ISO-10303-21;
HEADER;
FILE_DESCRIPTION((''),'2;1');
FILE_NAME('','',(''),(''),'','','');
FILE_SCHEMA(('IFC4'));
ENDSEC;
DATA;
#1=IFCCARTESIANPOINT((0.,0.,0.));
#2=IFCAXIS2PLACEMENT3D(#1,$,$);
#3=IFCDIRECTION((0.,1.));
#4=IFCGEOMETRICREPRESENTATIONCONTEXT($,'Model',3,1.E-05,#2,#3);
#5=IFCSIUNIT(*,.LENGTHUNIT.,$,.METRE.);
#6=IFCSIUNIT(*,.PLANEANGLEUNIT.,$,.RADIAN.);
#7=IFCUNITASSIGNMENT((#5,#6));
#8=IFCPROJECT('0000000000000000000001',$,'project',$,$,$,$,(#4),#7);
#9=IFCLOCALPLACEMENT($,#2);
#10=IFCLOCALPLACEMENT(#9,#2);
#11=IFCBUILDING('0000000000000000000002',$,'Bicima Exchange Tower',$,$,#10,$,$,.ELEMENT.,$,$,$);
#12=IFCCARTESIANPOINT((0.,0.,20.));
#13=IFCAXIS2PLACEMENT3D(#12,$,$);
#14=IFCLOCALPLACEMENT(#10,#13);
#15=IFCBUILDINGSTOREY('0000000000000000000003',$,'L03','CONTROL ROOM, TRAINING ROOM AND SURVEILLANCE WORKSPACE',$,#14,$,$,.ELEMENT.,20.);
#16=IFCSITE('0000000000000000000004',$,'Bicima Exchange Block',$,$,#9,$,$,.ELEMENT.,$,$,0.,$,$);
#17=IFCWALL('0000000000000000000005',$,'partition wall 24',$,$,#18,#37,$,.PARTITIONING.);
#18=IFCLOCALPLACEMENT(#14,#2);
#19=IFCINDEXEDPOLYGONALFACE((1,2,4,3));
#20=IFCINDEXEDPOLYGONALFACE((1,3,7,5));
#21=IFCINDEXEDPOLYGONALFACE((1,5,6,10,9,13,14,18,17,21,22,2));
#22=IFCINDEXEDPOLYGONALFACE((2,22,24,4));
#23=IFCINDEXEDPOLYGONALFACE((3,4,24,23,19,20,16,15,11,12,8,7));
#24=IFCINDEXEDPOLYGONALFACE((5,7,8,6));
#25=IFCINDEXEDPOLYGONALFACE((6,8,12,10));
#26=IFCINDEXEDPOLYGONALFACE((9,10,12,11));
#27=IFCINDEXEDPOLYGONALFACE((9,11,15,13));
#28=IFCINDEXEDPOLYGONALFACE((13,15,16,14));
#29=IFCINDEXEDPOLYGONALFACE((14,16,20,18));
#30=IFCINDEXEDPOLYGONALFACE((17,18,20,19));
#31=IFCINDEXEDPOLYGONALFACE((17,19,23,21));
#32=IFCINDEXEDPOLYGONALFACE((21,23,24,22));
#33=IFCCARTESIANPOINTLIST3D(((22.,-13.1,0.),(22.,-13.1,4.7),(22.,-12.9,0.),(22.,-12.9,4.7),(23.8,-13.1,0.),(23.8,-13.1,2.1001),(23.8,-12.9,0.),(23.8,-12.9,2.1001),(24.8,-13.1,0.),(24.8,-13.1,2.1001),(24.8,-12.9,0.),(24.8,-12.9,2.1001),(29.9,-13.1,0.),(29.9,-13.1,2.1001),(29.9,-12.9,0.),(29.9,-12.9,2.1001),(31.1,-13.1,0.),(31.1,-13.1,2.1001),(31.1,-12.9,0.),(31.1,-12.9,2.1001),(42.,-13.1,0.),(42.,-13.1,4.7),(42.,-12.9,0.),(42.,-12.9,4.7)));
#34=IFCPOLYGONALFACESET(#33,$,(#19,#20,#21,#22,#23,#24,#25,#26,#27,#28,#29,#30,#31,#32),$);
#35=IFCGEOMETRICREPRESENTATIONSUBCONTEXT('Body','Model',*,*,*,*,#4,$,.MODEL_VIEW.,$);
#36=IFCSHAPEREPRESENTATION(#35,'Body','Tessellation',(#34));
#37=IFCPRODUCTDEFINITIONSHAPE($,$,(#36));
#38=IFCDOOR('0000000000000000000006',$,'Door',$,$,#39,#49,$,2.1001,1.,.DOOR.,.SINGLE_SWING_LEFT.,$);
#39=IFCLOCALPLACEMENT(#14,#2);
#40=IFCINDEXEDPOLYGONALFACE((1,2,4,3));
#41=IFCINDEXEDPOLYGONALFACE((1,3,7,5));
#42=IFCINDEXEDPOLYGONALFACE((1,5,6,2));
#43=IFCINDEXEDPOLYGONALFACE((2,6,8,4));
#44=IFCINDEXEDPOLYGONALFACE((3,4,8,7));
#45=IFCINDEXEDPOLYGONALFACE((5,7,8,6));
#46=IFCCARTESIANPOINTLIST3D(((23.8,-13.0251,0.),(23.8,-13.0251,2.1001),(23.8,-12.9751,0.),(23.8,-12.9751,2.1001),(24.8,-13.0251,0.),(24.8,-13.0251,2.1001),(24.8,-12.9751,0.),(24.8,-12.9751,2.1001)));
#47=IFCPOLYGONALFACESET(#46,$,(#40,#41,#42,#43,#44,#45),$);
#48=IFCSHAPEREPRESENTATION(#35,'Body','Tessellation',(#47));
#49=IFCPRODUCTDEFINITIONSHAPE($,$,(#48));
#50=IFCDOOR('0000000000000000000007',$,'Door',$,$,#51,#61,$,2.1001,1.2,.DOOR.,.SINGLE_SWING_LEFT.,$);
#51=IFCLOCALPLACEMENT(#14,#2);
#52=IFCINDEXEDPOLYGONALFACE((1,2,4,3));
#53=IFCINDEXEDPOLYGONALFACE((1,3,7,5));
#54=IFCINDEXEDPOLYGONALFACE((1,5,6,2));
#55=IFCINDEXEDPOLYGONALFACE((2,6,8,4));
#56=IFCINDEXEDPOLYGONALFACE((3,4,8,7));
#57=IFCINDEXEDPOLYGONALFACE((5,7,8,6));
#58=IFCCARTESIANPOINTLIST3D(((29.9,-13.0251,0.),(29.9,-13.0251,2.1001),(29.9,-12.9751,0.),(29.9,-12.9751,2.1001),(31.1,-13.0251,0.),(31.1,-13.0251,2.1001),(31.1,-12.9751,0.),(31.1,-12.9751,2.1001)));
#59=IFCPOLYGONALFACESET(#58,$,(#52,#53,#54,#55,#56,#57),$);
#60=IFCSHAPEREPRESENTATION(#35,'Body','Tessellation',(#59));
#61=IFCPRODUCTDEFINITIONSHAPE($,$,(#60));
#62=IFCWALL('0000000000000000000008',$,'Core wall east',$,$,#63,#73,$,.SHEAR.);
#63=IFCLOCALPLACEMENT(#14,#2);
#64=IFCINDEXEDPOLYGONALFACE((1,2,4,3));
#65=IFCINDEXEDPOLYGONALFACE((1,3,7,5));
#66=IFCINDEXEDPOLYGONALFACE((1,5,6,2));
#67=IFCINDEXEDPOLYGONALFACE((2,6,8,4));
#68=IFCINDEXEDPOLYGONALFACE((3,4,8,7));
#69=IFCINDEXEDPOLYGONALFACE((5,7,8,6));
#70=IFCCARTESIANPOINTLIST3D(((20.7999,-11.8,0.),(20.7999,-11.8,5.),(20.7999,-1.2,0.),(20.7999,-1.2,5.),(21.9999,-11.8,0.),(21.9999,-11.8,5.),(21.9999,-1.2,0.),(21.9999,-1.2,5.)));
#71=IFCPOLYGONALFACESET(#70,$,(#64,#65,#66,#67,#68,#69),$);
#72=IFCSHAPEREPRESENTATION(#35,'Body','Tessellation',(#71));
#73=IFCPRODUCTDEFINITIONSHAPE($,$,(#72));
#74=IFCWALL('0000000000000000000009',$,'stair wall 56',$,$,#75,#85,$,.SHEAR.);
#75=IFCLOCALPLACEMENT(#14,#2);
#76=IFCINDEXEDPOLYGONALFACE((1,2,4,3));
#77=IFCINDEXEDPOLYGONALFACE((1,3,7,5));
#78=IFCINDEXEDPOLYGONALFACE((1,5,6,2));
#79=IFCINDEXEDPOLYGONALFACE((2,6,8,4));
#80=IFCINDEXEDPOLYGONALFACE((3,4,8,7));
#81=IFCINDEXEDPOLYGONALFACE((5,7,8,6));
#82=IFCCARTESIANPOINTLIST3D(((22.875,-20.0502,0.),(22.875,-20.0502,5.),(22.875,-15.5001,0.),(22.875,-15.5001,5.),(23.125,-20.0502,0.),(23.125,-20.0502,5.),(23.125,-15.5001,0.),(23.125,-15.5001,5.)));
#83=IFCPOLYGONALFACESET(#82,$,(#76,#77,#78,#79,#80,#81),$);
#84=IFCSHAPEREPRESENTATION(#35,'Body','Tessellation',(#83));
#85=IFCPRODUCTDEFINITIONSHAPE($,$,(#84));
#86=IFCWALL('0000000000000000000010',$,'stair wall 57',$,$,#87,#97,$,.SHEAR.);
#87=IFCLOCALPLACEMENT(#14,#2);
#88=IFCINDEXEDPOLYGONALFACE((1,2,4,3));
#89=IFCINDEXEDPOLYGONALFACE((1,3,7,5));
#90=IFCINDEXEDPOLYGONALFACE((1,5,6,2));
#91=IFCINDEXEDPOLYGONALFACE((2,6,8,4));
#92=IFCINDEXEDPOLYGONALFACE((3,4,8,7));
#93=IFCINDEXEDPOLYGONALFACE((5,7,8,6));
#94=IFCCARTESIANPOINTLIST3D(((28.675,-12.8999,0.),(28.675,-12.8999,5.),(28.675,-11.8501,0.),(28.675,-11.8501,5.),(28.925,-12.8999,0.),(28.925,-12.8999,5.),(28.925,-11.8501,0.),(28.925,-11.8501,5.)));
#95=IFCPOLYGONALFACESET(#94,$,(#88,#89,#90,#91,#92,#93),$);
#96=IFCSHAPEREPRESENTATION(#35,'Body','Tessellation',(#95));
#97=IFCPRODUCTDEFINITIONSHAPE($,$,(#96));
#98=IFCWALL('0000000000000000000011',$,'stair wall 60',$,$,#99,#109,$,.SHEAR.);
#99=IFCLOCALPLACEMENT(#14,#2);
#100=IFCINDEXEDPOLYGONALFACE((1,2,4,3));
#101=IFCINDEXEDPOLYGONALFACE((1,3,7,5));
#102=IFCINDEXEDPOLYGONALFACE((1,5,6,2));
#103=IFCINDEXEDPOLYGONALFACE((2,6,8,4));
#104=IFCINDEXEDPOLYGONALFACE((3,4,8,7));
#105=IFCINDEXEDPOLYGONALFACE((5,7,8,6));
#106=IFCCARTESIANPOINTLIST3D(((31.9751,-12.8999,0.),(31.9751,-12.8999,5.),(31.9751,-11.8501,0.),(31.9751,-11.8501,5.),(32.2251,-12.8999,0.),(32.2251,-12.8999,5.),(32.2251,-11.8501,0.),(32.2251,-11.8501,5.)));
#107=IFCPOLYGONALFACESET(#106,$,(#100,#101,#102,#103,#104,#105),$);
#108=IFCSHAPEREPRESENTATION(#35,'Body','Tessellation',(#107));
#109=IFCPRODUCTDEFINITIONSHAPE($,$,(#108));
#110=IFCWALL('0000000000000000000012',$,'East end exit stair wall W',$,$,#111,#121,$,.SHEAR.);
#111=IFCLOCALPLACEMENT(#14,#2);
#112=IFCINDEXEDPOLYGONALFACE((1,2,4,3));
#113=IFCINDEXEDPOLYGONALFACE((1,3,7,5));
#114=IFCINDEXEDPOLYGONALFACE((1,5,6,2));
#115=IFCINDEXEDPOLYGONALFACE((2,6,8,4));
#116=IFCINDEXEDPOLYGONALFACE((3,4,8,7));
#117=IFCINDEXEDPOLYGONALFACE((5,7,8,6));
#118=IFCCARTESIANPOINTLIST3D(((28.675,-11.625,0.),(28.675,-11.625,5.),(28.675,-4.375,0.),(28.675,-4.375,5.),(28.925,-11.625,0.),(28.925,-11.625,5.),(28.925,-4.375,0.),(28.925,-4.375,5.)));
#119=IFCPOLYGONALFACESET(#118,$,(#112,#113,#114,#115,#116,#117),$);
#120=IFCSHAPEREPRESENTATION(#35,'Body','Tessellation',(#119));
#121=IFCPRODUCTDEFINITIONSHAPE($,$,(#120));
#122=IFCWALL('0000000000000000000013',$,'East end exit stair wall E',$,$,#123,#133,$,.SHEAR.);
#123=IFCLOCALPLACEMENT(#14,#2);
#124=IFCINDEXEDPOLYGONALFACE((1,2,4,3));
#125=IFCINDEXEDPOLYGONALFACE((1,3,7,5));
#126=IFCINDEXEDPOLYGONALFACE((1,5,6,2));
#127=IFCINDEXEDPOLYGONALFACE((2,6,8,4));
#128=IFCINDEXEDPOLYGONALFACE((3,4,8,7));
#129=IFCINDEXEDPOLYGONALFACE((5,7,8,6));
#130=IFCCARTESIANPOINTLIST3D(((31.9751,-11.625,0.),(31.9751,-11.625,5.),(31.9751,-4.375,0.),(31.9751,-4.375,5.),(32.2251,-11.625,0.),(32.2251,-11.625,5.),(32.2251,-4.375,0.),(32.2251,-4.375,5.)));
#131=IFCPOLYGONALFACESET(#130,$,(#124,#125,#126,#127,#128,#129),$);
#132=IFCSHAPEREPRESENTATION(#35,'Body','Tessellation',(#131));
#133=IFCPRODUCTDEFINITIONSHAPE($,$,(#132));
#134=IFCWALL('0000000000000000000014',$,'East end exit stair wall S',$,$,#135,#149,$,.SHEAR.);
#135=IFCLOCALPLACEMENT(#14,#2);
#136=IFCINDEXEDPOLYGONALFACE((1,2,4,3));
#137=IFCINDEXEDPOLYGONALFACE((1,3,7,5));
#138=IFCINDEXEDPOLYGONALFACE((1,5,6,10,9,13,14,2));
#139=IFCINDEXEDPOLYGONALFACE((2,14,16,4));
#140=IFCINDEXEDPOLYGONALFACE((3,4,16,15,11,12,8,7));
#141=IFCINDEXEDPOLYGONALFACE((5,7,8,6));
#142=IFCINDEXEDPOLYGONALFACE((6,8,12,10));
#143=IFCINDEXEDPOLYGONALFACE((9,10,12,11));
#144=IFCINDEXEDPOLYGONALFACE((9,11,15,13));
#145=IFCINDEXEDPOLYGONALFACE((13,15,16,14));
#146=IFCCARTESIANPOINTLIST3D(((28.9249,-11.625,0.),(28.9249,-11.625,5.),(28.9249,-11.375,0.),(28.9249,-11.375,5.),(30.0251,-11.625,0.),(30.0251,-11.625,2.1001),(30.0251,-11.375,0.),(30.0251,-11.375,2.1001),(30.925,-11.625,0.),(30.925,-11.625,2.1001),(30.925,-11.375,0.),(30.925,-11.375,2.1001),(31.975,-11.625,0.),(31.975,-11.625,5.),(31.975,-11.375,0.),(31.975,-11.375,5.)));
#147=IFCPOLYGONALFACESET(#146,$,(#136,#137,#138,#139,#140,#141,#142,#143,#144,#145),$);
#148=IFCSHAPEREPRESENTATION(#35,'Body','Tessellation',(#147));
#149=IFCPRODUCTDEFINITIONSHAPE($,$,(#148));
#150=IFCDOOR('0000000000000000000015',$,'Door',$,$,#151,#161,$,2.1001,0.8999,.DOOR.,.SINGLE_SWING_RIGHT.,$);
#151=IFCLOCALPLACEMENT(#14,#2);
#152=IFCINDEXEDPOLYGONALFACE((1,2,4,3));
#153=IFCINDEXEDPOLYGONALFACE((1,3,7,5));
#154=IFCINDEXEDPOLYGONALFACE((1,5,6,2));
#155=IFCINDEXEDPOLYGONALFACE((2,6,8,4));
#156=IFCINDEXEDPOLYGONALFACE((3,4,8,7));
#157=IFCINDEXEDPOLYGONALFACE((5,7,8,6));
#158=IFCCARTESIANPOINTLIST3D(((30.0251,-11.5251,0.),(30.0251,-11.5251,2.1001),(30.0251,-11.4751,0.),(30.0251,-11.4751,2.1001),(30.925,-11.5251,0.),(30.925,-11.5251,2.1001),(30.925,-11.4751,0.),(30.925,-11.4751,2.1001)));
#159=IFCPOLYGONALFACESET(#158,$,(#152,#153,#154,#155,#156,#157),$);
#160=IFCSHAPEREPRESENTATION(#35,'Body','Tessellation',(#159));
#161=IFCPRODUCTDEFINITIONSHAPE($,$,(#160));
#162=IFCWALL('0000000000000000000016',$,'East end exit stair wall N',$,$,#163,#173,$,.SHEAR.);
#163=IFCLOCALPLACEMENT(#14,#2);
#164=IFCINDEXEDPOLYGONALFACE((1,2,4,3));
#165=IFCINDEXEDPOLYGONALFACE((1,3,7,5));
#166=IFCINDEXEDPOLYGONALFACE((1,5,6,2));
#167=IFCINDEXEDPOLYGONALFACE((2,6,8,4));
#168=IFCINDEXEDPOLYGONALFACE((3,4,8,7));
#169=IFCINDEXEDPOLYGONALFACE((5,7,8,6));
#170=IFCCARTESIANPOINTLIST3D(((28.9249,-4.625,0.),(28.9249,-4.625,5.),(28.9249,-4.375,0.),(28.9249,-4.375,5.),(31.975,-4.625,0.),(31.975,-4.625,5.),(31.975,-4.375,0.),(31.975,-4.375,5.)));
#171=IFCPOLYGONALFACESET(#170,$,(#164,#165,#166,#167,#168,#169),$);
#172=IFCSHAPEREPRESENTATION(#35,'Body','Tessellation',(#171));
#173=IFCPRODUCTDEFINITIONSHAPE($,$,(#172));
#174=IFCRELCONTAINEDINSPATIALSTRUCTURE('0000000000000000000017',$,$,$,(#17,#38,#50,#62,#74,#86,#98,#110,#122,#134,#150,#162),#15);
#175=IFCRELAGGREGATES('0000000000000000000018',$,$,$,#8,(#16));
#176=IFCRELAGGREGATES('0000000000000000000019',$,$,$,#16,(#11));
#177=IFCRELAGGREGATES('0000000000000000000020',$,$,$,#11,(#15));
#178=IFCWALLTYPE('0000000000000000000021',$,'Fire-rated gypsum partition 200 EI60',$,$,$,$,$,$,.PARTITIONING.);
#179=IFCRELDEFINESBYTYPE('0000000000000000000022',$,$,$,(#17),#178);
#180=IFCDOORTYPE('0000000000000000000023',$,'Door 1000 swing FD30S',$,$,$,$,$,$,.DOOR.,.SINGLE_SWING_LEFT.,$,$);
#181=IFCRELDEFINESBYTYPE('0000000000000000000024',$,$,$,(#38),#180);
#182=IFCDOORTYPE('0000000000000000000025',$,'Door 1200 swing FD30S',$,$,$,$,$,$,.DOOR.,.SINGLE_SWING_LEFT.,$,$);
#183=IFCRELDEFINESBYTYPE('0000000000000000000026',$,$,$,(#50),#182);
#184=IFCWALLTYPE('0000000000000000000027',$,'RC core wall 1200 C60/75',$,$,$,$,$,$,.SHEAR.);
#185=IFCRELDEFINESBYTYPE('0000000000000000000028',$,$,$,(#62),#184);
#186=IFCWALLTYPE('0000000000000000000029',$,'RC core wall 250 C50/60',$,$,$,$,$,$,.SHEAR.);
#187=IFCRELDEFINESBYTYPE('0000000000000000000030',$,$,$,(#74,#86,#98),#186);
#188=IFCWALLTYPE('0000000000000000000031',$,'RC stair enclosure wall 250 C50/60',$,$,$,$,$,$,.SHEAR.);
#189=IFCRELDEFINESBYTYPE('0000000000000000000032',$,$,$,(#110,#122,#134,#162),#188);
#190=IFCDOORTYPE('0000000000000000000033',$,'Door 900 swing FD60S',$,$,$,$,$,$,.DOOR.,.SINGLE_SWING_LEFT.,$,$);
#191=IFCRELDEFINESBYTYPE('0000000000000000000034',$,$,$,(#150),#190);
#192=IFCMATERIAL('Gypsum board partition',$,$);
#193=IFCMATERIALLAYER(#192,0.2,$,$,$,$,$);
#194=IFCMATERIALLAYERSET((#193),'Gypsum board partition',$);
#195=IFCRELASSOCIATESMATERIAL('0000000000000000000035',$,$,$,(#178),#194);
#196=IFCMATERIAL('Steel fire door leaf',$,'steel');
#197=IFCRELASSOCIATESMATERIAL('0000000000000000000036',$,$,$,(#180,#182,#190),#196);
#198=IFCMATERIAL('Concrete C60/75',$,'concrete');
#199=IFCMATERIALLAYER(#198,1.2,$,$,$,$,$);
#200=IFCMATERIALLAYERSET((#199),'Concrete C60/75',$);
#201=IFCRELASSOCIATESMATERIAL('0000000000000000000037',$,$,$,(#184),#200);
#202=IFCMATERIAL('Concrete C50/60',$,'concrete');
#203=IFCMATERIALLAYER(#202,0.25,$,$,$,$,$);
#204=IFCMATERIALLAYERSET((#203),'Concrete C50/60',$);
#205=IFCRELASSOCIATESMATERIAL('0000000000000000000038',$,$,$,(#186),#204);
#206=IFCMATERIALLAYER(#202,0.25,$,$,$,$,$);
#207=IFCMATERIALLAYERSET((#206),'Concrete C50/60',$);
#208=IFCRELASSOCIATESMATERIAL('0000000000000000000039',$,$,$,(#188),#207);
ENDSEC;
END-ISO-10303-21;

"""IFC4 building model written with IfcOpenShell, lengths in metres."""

from ifc_helpers import new_model, si_unit, direction, frame, frame_2d, origin, place, context, subcontext, project, spatial, rectangle, extrude, material, layer, layer_set, type_object, element, fill, save


model = new_model("IFC4")

# Units and contexts
model_context = context("Model", 3, precision=1e-05, world=origin(), true_north=direction((0.0, 1.0)))
body_context = subcontext(model_context, "Body", "Model", "MODEL_VIEW")
ifc_project = project(units=[si_unit("LENGTHUNIT", "METRE"), si_unit("PLANEANGLEUNIT", "RADIAN")], contexts=[model_context])

# Site, building, storey
site_placement = place(None, origin())
site = spatial("IfcSite", under=ifc_project, at=site_placement, Name="Bicima Exchange Block", CompositionType="ELEMENT", RefElevation=0.0)
building_placement = place(site_placement, origin())
building = spatial("IfcBuilding", under=site, at=building_placement, Name="Bicima Exchange Tower", CompositionType="ELEMENT")
storey_placement = place(building_placement, frame((0.0, 0.0, 20.0)))
storey = spatial("IfcBuildingStorey", under=building, at=storey_placement, Name="L03", Description="CONTROL ROOM, TRAINING ROOM AND SURVEILLANCE WORKSPACE", CompositionType="ELEMENT", Elevation=20.0)

# Shared definitions
ifc_material_1 = material(Name="Concrete C60/75", Category="concrete")

# Wall, openings, doors
ifc_material_2 = material(Name="Gypsum board partition")
ifc_layer_1 = layer(ifc_material_2, 0.2)
ifc_layer_set_1 = layer_set([ifc_layer_1], Name="Gypsum board partition")
wall_type_1 = type_object("IfcWallType", Name="Fire-rated gypsum partition 200 EI60", PredefinedType="PARTITIONING", material=ifc_layer_set_1)
wall_1_placement = place(storey_placement, frame((22.0, -13.0, 0.0), z_axis=(0.0, 0.0, 1.0), x_axis=(1.0, 0.0, 0.0)))
wall_1 = element("IfcWall", 1, at=wall_1_placement, inside=storey, type_object=wall_type_1, Name="partition wall 24", PredefinedType="PARTITIONING", context=body_context, shape_type="SweptSolid", body=[
    extrude(rectangle(XDim=20.0, YDim=0.2, at=frame_2d((10.0, 0.0))), origin(), (0.0, 0.0, 1.0), 4.7),
])
opening_1_placement = place(wall_1_placement, frame((7.8999, 0.0, 0.0)))
opening_1 = element("IfcOpeningElement", 2, at=opening_1_placement, cuts=wall_1, PredefinedType="OPENING", context=body_context, shape_type="SweptSolid", body=[
    extrude(rectangle(XDim=1.2, YDim=2.1001, at=frame_2d((0.6001, 1.05))), frame((0.0, 0.1118, 0.0), z_axis=(0.0, -1.0, 0.0), x_axis=(1.0, 0.0, 0.0)), (0.0, 0.0, 1.0), 0.2239),
])
opening_2_placement = place(wall_1_placement, frame((1.8, 0.0, 0.0)))
opening_2 = element("IfcOpeningElement", 3, at=opening_2_placement, cuts=wall_1, PredefinedType="OPENING", context=body_context, shape_type="SweptSolid", body=[
    extrude(rectangle(XDim=1.0, YDim=2.1001, at=frame_2d((0.5, 1.05))), frame((0.0, 0.1118, 0.0), z_axis=(0.0, -1.0, 0.0), x_axis=(1.0, 0.0, 0.0)), (0.0, 0.0, 1.0), 0.2239),
])
ifc_material_3 = material(Name="Steel fire door leaf", Category="steel")
door_type_1 = type_object("IfcDoorType", Name="Door 1000 swing FD30S", OperationType="SINGLE_SWING_LEFT", PredefinedType="DOOR", material=ifc_material_3)
door_1_placement = place(opening_2_placement, origin())
door_1 = element("IfcDoor", 4, at=door_1_placement, inside=storey, type_object=door_type_1, Name="Door", OperationType="SINGLE_SWING_LEFT", OverallHeight=2.1001, OverallWidth=1.0, PredefinedType="DOOR", context=body_context, shape_type="SweptSolid", body=[
    extrude(rectangle(XDim=1.0, YDim=2.1001, at=frame_2d((0.5, 1.05))), frame((0.0, 0.0249, 0.0), z_axis=(0.0, -1.0, 0.0), x_axis=(1.0, 0.0, 0.0)), (0.0, 0.0, 1.0), 0.05),
])
fill(opening_2, door_1)
door_type_2 = type_object("IfcDoorType", Name="Door 1200 swing FD30S", OperationType="SINGLE_SWING_LEFT", PredefinedType="DOOR", material=ifc_material_3)
door_2_placement = place(opening_1_placement, origin())
door_2 = element("IfcDoor", 5, at=door_2_placement, inside=storey, type_object=door_type_2, Name="Door", OperationType="SINGLE_SWING_LEFT", OverallHeight=2.1001, OverallWidth=1.2, PredefinedType="DOOR", context=body_context, shape_type="SweptSolid", body=[
    extrude(rectangle(XDim=1.2, YDim=2.1001, at=frame_2d((0.6001, 1.05))), frame((0.0, 0.0249, 0.0), z_axis=(0.0, -1.0, 0.0), x_axis=(1.0, 0.0, 0.0)), (0.0, 0.0, 1.0), 0.05),
])
fill(opening_1, door_2)

# Walls
ifc_layer_2 = layer(ifc_material_1, 1.2)
ifc_layer_set_2 = layer_set([ifc_layer_2], Name="Concrete C60/75")
wall_type_2 = type_object("IfcWallType", Name="RC core wall 1200 C60/75", PredefinedType="SHEAR", material=ifc_layer_set_2)
wall_2_placement = place(storey_placement, frame((21.3999, -11.8, 0.0), z_axis=(0.0, 0.0, 1.0), x_axis=(0.0, 1.0, 0.0)))
element("IfcWall", 6, at=wall_2_placement, inside=storey, type_object=wall_type_2, Name="Core wall east", PredefinedType="SHEAR", context=body_context, shape_type="SweptSolid", body=[
    extrude(rectangle(XDim=10.6001, YDim=1.2, at=frame_2d((5.3, 0.0))), origin(), (0.0, 0.0, 1.0), 5.0),
])
ifc_material_4 = material(Name="Concrete C50/60", Category="concrete")
ifc_layer_3 = layer(ifc_material_4, 0.25)
ifc_layer_set_3 = layer_set([ifc_layer_3], Name="Concrete C50/60")
wall_type_3 = type_object("IfcWallType", Name="RC core wall 250 C50/60", PredefinedType="SHEAR", material=ifc_layer_set_3)
wall_3_placement = place(storey_placement, frame((23.0, -20.05, 0.0), z_axis=(0.0, 0.0, 1.0), x_axis=(0.0, 1.0, 0.0)))
element("IfcWall", 7, at=wall_3_placement, inside=storey, type_object=wall_type_3, Name="stair wall 56", PredefinedType="SHEAR", context=body_context, shape_type="SweptSolid", body=[
    extrude(rectangle(XDim=4.55, YDim=0.25, at=frame_2d((2.2749, 0.0))), origin(), (0.0, 0.0, 1.0), 5.0),
])
for number, where, z_axis, x_axis, name in (
    (8, (28.8, -12.8999, 0.0), (0.0, 0.0, 1.0), (0.0, 1.0, 0.0), "stair wall 57"),
    (9, (32.1001, -12.8999, 0.0), (0.0, 0.0, 1.0), (0.0, 1.0, 0.0), "stair wall 60"),
):
    element("IfcWall", number, at=place(storey_placement, frame(where, z_axis=z_axis, x_axis=x_axis)), inside=storey, type_object=wall_type_3, Name=name, PredefinedType="SHEAR", context=body_context, shape_type="SweptSolid", body=[
        extrude(rectangle(XDim=1.0498, YDim=0.25, at=frame_2d((0.5249, 0.0))), origin(), (0.0, 0.0, 1.0), 5.0),
    ])
ifc_layer_4 = layer(ifc_material_4, 0.25)
ifc_layer_set_4 = layer_set([ifc_layer_4], Name="Concrete C50/60")
wall_type_4 = type_object("IfcWallType", Name="RC stair enclosure wall 250 C50/60", PredefinedType="SHEAR", material=ifc_layer_set_4)
for number, where, z_axis, x_axis, name in (
    (10, (28.8, -11.625, 0.0), (0.0, 0.0, 1.0), (0.0, 1.0, 0.0), "East end exit stair wall W"),
    (11, (32.1001, -11.625, 0.0), (0.0, 0.0, 1.0), (0.0, 1.0, 0.0), "East end exit stair wall E"),
):
    element("IfcWall", number, at=place(storey_placement, frame(where, z_axis=z_axis, x_axis=x_axis)), inside=storey, type_object=wall_type_4, Name=name, PredefinedType="SHEAR", context=body_context, shape_type="SweptSolid", body=[
        extrude(rectangle(XDim=7.25, YDim=0.25, at=frame_2d((3.625, 0.0))), origin(), (0.0, 0.0, 1.0), 5.0),
    ])

# Wall, opening, door
wall_4_placement = place(storey_placement, frame((28.925, -11.5, 0.0), z_axis=(0.0, 0.0, 1.0), x_axis=(1.0, 0.0, 0.0)))
wall_4 = element("IfcWall", 12, at=wall_4_placement, inside=storey, type_object=wall_type_4, Name="East end exit stair wall S", PredefinedType="SHEAR", context=body_context, shape_type="SweptSolid", body=[
    extrude(rectangle(XDim=3.05, YDim=0.25, at=frame_2d((1.5249, 0.0))), origin(), (0.0, 0.0, 1.0), 5.0),
])
opening_3_placement = place(wall_4_placement, frame((1.1001, 0.0, 0.0)))
opening_3 = element("IfcOpeningElement", 13, at=opening_3_placement, cuts=wall_4, PredefinedType="OPENING", context=body_context, shape_type="SweptSolid", body=[
    extrude(rectangle(XDim=0.8999, YDim=2.1001, at=frame_2d((0.45, 1.05))), frame((0.0, 0.137, 0.0), z_axis=(0.0, -1.0, 0.0), x_axis=(1.0, 0.0, 0.0)), (0.0, 0.0, 1.0), 0.2739),
])
door_type_3 = type_object("IfcDoorType", Name="Door 900 swing FD60S", OperationType="SINGLE_SWING_LEFT", PredefinedType="DOOR", material=ifc_material_3)
door_3_placement = place(opening_3_placement, origin())
door_3 = element("IfcDoor", 14, at=door_3_placement, inside=storey, type_object=door_type_3, Name="Door", OperationType="SINGLE_SWING_RIGHT", OverallHeight=2.1001, OverallWidth=0.8999, PredefinedType="DOOR", context=body_context, shape_type="SweptSolid", body=[
    extrude(rectangle(XDim=0.8999, YDim=2.1001, at=frame_2d((0.45, 1.05))), frame((0.0, 0.0249, 0.0), z_axis=(0.0, -1.0, 0.0), x_axis=(1.0, 0.0, 0.0)), (0.0, 0.0, 1.0), 0.05),
])
fill(opening_3, door_3)

# Wall
wall_5_placement = place(storey_placement, frame((28.925, -4.5, 0.0), z_axis=(0.0, 0.0, 1.0), x_axis=(1.0, 0.0, 0.0)))
element("IfcWall", 15, at=wall_5_placement, inside=storey, type_object=wall_type_4, Name="East end exit stair wall N", PredefinedType="SHEAR", context=body_context, shape_type="SweptSolid", body=[
    extrude(rectangle(XDim=3.05, YDim=0.25, at=frame_2d((1.5249, 0.0))), origin(), (0.0, 0.0, 1.0), 5.0),
])

save(model, "model.ifc")
